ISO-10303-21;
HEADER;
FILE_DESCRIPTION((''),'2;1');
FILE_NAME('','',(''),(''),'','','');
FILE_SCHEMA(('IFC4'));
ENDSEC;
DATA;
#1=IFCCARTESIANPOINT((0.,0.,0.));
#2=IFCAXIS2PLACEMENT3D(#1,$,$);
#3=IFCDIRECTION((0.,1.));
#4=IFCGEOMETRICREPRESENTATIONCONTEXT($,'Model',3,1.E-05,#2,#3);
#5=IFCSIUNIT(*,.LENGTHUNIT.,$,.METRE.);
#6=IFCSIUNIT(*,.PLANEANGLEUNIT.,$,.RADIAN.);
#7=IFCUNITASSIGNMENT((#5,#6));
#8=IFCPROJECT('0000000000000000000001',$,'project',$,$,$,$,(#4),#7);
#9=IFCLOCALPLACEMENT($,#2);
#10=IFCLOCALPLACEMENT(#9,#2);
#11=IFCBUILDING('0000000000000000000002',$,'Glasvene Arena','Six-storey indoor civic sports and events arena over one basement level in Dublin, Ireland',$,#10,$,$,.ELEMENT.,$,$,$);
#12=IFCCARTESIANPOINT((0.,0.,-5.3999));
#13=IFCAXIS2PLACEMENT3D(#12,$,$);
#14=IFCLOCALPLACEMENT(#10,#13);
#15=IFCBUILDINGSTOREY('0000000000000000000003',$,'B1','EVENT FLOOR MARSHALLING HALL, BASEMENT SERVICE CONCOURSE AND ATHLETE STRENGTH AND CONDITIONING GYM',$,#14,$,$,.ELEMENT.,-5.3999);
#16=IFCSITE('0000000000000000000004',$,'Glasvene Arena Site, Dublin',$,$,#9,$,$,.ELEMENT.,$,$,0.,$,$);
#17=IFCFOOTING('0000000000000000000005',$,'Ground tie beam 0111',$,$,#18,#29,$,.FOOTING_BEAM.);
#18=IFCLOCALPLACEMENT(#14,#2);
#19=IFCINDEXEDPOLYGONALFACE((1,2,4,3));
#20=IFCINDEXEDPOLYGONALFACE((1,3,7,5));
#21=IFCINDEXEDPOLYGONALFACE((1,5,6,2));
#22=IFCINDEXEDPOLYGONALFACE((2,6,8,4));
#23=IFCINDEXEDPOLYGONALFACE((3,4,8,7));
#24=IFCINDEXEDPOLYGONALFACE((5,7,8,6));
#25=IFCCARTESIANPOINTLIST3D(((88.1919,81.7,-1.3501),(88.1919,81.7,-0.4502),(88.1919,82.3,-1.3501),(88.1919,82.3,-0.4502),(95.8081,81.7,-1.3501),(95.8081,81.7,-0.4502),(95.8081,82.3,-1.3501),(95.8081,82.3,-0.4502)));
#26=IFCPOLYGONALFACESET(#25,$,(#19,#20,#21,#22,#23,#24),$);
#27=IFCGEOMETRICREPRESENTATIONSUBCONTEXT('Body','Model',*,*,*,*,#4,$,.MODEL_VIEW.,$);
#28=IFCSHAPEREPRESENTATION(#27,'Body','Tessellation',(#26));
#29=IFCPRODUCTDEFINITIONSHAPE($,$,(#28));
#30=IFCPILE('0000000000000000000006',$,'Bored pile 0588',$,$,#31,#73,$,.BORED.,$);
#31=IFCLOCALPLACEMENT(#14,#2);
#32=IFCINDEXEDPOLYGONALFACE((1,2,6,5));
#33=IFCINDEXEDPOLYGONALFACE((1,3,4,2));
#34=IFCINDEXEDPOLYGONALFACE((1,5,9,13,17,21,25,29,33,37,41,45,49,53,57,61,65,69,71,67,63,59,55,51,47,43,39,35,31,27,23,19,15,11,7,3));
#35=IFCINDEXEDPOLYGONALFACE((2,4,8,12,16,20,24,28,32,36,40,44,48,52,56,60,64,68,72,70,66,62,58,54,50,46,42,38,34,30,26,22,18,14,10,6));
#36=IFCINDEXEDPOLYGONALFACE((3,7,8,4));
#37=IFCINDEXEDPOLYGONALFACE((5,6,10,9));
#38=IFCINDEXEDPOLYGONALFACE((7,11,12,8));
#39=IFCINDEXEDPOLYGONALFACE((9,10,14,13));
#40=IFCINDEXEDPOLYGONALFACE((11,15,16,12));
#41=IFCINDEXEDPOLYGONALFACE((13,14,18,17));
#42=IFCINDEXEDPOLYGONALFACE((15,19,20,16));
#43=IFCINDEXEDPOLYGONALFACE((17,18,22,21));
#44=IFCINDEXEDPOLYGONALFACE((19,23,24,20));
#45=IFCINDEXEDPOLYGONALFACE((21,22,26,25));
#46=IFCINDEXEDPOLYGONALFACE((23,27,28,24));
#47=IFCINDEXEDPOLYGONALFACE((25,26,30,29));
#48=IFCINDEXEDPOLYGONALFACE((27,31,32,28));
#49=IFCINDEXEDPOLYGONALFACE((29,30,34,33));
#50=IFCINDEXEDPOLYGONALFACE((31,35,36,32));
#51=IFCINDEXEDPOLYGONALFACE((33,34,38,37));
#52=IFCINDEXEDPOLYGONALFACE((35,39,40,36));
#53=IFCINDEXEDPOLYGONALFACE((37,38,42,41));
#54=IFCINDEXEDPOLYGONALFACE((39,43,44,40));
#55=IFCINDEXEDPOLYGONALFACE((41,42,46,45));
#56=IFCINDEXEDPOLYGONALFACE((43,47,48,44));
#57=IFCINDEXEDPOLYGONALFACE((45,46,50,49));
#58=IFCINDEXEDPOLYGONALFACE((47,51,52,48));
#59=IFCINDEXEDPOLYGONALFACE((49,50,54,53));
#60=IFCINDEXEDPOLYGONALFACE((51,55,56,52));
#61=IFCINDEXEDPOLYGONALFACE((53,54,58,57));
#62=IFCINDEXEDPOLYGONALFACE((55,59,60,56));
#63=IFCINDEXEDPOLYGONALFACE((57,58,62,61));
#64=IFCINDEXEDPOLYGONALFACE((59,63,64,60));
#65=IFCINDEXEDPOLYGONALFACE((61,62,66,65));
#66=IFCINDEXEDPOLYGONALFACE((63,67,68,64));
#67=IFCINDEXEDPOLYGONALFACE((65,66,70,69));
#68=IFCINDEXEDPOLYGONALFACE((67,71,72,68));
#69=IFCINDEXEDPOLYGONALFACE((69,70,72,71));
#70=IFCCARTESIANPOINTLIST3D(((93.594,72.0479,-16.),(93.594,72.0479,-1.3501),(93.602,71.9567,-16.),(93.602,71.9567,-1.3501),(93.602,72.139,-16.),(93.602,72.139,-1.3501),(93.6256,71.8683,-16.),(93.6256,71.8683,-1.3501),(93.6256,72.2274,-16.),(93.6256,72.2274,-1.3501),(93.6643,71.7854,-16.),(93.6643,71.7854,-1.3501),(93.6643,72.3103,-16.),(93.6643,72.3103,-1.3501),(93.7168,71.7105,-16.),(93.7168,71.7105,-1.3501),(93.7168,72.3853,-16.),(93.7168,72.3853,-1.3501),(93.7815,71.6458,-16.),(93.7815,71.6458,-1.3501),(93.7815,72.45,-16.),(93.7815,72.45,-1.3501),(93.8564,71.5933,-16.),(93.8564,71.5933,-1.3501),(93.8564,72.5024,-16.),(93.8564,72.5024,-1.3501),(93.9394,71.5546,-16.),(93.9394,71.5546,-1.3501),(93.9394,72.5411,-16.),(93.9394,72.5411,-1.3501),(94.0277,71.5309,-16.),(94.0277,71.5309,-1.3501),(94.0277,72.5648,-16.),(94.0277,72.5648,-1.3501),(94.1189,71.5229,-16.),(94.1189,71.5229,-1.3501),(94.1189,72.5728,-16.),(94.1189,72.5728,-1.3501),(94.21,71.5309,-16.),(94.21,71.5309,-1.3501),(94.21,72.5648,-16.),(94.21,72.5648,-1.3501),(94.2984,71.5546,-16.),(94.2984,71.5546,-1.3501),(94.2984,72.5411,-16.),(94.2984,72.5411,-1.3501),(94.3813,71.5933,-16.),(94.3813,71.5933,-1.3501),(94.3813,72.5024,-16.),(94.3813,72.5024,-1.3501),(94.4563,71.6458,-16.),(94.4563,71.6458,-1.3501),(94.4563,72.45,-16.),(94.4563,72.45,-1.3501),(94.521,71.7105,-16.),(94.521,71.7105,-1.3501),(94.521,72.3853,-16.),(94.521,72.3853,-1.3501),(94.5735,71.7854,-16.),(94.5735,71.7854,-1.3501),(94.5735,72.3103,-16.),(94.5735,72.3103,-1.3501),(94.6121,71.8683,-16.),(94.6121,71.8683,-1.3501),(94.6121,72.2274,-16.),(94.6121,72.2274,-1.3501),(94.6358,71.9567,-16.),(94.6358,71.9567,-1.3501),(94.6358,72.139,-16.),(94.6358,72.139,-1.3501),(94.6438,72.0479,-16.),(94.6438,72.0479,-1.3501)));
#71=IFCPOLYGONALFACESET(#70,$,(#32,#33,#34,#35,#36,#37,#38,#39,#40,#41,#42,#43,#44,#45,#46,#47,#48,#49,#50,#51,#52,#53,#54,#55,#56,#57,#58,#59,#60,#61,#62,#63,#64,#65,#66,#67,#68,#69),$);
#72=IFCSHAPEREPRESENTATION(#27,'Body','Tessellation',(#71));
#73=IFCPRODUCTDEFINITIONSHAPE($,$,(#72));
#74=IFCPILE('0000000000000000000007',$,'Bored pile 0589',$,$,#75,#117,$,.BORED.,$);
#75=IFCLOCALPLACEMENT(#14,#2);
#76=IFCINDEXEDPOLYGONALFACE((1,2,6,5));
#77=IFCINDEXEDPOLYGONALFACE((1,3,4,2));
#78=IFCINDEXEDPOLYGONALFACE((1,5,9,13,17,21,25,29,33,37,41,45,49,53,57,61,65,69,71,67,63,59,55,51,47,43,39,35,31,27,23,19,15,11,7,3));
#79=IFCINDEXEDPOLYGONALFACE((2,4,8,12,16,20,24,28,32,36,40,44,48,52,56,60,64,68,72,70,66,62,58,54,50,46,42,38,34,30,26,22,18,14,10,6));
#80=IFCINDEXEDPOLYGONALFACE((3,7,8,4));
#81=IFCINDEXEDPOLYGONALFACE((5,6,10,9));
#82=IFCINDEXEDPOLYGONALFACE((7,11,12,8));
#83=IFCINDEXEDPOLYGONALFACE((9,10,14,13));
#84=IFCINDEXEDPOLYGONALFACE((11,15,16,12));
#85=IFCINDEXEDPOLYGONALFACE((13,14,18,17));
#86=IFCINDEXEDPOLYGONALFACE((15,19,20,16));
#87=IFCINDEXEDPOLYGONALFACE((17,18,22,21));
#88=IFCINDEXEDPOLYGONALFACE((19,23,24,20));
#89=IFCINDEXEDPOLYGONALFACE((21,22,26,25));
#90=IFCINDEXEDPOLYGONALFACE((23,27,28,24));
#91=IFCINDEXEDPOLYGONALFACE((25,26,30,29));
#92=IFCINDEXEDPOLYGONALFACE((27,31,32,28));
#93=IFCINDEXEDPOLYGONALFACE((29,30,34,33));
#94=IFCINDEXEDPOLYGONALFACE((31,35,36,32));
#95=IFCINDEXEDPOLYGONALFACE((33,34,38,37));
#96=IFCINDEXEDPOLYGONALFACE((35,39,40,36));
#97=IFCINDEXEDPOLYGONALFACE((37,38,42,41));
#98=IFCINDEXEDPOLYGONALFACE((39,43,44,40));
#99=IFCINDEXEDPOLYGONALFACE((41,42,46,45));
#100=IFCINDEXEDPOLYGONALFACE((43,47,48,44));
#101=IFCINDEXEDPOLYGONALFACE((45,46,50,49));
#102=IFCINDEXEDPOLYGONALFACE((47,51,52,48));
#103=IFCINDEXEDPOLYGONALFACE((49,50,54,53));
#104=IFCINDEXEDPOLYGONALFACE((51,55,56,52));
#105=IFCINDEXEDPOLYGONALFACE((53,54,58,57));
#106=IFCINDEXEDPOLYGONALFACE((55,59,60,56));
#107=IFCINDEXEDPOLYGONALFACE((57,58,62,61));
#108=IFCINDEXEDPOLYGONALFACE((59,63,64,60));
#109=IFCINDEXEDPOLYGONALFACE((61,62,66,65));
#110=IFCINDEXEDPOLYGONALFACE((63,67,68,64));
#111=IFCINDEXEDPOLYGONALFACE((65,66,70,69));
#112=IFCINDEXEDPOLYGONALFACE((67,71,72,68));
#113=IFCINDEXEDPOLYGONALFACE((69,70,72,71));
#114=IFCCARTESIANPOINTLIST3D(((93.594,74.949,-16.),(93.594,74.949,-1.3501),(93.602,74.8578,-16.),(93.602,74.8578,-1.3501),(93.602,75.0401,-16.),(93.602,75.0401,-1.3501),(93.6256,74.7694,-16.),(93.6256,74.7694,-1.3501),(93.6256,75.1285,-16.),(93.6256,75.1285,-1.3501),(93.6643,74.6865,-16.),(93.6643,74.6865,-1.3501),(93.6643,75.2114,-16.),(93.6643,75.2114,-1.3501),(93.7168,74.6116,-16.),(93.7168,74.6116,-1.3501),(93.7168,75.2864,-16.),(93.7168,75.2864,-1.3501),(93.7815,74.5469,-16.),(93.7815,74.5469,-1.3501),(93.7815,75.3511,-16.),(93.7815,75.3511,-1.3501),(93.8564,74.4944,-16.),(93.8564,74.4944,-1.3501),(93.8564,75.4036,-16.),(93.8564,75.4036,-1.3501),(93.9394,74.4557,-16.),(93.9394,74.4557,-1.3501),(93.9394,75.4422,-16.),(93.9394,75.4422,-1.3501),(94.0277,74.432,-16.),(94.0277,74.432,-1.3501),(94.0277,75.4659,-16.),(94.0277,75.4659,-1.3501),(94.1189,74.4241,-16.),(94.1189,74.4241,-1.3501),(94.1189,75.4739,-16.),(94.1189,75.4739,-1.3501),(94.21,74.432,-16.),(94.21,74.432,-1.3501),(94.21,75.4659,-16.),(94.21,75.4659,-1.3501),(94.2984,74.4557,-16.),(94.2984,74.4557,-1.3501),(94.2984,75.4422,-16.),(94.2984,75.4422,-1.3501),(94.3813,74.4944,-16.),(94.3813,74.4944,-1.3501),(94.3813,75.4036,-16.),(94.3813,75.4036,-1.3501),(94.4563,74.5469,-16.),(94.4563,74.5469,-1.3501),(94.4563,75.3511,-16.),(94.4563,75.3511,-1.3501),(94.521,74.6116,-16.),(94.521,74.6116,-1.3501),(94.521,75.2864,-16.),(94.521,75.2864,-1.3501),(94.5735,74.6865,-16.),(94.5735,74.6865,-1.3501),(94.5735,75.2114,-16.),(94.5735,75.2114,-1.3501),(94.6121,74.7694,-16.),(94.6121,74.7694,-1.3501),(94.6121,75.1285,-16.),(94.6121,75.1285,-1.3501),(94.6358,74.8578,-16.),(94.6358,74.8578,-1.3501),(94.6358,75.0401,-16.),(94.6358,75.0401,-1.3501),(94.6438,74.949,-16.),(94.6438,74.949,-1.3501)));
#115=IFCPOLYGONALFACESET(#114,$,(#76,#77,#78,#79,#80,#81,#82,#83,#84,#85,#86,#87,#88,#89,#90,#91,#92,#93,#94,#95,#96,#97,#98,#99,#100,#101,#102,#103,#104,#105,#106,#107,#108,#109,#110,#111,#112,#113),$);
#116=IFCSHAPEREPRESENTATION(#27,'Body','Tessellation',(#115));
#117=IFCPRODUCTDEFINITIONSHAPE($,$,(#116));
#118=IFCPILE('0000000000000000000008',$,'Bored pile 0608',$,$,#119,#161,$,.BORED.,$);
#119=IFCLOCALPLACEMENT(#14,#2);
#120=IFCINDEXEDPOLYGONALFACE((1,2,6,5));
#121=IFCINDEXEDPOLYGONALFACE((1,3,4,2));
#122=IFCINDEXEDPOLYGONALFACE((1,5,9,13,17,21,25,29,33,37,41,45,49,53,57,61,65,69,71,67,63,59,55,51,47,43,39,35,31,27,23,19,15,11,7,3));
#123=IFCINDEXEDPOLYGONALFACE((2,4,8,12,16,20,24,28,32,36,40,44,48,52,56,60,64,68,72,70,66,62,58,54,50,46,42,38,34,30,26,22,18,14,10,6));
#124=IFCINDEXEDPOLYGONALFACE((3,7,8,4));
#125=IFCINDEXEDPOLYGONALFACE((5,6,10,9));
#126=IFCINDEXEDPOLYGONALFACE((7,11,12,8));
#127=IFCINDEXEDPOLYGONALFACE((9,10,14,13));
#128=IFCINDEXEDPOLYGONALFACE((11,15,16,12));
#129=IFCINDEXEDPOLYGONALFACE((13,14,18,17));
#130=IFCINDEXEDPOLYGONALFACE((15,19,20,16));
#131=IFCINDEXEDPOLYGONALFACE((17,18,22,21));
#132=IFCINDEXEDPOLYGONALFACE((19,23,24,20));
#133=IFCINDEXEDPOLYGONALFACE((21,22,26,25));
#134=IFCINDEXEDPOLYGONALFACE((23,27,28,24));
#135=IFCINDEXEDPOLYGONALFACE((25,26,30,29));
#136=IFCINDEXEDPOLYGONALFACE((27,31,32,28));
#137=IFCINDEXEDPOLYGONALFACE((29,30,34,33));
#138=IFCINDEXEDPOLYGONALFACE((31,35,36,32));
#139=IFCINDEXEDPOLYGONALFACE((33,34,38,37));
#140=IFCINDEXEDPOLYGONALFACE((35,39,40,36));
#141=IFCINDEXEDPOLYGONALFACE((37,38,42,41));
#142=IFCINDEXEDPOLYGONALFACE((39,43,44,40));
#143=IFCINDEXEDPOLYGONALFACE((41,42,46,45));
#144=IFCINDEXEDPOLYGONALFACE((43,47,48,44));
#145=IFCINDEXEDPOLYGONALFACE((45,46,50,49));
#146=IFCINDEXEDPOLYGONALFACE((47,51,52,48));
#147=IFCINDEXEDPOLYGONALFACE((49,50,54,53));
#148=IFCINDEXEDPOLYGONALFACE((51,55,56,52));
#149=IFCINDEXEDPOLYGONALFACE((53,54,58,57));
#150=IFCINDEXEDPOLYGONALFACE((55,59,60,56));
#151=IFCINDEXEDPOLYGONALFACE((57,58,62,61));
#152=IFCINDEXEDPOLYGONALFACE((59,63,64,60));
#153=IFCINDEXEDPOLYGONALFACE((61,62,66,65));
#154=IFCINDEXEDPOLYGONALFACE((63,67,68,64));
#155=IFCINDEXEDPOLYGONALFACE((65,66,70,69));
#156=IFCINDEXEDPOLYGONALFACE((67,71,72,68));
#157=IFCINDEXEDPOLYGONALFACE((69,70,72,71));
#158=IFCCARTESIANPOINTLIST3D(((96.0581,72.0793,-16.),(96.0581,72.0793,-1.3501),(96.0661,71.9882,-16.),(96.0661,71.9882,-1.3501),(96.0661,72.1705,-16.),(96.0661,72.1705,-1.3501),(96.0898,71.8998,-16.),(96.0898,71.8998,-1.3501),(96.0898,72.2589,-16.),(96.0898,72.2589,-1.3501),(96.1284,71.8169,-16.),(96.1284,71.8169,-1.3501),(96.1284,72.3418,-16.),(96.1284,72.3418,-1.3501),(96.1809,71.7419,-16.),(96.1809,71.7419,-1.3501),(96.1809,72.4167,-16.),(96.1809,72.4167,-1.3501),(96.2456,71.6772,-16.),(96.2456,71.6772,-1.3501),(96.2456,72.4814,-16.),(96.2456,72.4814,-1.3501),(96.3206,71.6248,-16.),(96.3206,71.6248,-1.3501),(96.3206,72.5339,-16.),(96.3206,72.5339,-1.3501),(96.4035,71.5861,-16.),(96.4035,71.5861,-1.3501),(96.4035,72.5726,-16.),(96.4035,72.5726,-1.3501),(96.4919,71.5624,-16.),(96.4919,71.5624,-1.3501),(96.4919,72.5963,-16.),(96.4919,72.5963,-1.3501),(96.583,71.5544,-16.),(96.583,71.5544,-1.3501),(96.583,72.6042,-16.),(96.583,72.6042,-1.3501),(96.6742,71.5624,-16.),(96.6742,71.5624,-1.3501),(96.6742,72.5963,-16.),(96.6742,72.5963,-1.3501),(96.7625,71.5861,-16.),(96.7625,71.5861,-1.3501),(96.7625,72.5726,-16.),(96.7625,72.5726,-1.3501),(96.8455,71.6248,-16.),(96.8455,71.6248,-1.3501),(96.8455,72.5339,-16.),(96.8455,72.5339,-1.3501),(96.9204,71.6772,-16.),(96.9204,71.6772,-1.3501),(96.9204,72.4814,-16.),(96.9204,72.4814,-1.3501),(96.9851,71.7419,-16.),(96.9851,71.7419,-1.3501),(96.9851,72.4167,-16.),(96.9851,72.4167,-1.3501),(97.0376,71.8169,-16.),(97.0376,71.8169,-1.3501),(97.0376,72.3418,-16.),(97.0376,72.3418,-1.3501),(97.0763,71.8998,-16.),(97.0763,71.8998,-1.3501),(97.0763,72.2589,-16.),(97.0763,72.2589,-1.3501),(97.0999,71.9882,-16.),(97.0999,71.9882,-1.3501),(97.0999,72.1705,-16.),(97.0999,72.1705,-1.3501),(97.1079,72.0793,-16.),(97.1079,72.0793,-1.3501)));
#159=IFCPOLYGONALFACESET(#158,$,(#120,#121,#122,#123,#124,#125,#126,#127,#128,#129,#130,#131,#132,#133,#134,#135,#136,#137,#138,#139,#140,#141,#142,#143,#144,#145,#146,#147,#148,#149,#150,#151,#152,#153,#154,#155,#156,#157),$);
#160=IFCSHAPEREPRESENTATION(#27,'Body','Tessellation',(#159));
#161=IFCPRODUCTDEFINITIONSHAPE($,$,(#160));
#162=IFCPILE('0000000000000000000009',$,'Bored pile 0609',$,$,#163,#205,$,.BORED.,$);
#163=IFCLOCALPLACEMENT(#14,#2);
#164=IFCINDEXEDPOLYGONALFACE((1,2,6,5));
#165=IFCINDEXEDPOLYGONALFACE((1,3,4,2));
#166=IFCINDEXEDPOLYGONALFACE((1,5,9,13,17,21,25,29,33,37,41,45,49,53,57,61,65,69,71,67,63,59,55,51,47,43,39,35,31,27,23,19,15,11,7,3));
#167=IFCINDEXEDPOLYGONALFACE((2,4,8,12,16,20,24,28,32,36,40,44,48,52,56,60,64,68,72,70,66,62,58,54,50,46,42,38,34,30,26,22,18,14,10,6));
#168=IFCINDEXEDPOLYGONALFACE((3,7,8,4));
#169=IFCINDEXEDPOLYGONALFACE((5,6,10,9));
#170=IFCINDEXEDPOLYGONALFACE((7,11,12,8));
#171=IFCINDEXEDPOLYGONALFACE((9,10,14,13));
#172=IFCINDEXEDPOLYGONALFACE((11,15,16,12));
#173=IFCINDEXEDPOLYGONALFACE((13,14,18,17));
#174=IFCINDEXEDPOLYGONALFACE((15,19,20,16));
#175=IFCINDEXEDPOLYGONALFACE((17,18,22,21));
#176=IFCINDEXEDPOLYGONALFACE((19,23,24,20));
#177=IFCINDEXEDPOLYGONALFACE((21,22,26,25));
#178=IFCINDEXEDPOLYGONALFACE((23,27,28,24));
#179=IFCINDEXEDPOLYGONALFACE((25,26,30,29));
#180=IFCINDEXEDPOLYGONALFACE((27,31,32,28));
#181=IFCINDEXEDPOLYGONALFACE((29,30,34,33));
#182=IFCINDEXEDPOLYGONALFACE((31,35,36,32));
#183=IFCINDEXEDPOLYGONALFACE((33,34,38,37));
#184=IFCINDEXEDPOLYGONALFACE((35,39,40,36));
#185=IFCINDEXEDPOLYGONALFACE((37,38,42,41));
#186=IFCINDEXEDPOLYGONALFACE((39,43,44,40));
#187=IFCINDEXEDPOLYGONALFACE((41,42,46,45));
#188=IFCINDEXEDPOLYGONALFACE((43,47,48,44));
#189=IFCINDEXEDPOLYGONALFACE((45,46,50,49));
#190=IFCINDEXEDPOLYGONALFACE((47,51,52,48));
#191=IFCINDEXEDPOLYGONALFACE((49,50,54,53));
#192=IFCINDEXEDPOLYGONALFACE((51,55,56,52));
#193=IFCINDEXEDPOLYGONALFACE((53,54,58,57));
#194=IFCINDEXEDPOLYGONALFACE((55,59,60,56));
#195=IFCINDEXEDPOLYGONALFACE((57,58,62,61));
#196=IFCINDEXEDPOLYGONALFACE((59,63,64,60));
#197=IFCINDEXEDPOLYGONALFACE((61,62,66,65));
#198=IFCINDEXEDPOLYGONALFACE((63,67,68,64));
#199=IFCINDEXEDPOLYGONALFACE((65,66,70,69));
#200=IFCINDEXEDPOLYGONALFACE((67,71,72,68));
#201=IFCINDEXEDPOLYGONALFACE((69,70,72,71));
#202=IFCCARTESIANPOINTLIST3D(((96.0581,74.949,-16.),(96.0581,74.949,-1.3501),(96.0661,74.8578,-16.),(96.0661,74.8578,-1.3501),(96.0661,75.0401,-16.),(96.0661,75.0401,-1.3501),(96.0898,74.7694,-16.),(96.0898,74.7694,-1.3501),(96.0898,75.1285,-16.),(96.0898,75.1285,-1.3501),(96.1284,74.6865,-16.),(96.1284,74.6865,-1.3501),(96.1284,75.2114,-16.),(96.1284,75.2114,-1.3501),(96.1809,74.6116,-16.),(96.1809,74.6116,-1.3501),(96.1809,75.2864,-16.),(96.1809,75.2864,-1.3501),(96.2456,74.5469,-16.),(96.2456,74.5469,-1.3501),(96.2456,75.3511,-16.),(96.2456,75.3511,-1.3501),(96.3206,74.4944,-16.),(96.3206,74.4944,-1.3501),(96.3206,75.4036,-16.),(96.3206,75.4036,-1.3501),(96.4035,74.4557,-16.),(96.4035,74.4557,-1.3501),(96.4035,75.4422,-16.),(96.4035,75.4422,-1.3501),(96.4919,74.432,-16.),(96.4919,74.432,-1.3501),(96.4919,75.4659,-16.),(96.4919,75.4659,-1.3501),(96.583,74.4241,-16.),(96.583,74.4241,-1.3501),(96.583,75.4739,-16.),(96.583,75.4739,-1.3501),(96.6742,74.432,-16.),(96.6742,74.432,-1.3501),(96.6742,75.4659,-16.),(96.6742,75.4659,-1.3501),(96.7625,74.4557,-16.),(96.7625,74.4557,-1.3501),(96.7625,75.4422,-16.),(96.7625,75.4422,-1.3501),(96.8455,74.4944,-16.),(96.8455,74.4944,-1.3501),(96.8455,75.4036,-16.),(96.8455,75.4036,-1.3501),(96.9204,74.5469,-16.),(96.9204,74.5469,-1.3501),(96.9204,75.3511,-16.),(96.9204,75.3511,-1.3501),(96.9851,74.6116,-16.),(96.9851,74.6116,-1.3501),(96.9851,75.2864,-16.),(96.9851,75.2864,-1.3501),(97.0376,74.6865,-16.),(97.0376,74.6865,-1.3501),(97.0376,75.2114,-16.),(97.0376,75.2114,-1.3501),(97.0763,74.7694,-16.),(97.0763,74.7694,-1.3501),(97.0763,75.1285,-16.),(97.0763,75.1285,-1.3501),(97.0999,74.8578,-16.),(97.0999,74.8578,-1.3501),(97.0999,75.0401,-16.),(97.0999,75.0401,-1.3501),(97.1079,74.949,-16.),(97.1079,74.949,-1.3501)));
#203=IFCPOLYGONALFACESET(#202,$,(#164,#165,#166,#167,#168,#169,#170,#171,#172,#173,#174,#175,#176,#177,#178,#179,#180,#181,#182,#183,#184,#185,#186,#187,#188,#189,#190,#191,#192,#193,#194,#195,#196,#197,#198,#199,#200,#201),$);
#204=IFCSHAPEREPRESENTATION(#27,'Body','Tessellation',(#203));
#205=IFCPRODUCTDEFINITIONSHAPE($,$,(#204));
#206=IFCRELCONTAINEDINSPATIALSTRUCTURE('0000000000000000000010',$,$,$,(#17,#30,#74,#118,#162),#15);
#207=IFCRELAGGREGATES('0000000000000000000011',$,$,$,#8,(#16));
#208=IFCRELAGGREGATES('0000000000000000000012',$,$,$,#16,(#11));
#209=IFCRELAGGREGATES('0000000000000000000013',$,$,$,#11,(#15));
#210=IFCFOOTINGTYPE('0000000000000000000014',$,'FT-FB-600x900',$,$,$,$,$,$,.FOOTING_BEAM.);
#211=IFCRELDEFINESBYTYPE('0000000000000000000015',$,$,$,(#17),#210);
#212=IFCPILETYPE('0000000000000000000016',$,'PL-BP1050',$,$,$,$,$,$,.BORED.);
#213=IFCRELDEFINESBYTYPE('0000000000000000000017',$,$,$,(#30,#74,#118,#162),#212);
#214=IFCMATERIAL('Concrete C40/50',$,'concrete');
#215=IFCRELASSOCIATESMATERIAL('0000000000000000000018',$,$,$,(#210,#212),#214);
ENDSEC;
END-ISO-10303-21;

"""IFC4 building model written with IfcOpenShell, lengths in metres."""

from ifc_helpers import new_model, si_unit, direction, frame, origin, origin_2d, place, context, subcontext, project, spatial, polyline, circle, outline, extrude, material, material_profile, profile_set, type_object, element, save


model = new_model("IFC4")

# Units and contexts
model_context = context("Model", 3, precision=1e-05, world=origin(), true_north=direction((0.0, 1.0)))
body_context = subcontext(model_context, "Body", "Model", "MODEL_VIEW")
ifc_project = project(units=[si_unit("LENGTHUNIT", "METRE"), si_unit("PLANEANGLEUNIT", "RADIAN")], contexts=[model_context])

# Site, building, storey
site_placement = place(None, origin())
site = spatial("IfcSite", under=ifc_project, at=site_placement, Name="Glasvene Arena Site, Dublin", CompositionType="ELEMENT", RefElevation=0.0)
building_placement = place(site_placement, origin())
building = spatial("IfcBuilding", under=site, at=building_placement, Name="Glasvene Arena", Description="Six-storey indoor civic sports and events arena over one basement level in Dublin, Ireland", CompositionType="ELEMENT")
storey_placement = place(building_placement, frame((0.0, 0.0, -5.3999)))
storey = spatial("IfcBuildingStorey", under=building, at=storey_placement, Name="B1", Description="EVENT FLOOR MARSHALLING HALL, BASEMENT SERVICE CONCOURSE AND ATHLETE STRENGTH AND CONDITIONING GYM", CompositionType="ELEMENT", Elevation=-5.3999)

# Footing
ifc_material = material(Name="Concrete C40/50", Category="concrete")
footing_type = type_object("IfcFootingType", Name="FT-FB-600x900", PredefinedType="FOOTING_BEAM", material=ifc_material)
footing_placement = place(storey_placement, frame((92.0, 82.0, -1.3501)))
element("IfcFooting", 1, at=footing_placement, inside=storey, type_object=footing_type, Name="Ground tie beam 0111", PredefinedType="FOOTING_BEAM", context=body_context, shape_type="SweptSolid", body=[
    extrude(outline(polyline([(-3.8081, -0.3), (3.8081, -0.3), (3.8081, 0.3), (-3.8081, 0.3), (-3.8081, -0.3)])), origin(), (0.0, 0.0, 1.0), 0.8999),
])

# Piles
ifc_material_profile = material_profile(ifc_material, circle(Radius=0.5249, at=origin_2d()), Name="BORED PILE 1050")
ifc_profile_set = profile_set([ifc_material_profile], Name="Concrete C40/50")
pile_type = type_object("IfcPileType", Name="PL-BP1050", PredefinedType="BORED", material=ifc_profile_set)
for number, where, z_axis, x_axis, name in (
    (2, (94.1189, 72.0479, -1.3501), (0.0, 0.0, -1.0), (1.0, 0.0, 0.0), "Bored pile 0588"),
    (3, (94.1189, 74.949, -1.3501), (0.0, 0.0, -1.0), (1.0, 0.0, 0.0), "Bored pile 0589"),
    (4, (96.583, 72.0793, -1.3501), (0.0, 0.0, -1.0), (1.0, 0.0, 0.0), "Bored pile 0608"),
    (5, (96.583, 74.949, -1.3501), (0.0, 0.0, -1.0), (1.0, 0.0, 0.0), "Bored pile 0609"),
):
    element("IfcPile", number, at=place(storey_placement, frame(where, z_axis=z_axis, x_axis=x_axis)), inside=storey, type_object=pile_type, Name=name, PredefinedType="BORED", context=body_context, shape_type="SweptSolid", body=[
        extrude(circle(Radius=0.5249, at=origin_2d()), origin(), (0.0, 0.0, 1.0), 14.6499),
    ])

save(model, "model.ifc")
